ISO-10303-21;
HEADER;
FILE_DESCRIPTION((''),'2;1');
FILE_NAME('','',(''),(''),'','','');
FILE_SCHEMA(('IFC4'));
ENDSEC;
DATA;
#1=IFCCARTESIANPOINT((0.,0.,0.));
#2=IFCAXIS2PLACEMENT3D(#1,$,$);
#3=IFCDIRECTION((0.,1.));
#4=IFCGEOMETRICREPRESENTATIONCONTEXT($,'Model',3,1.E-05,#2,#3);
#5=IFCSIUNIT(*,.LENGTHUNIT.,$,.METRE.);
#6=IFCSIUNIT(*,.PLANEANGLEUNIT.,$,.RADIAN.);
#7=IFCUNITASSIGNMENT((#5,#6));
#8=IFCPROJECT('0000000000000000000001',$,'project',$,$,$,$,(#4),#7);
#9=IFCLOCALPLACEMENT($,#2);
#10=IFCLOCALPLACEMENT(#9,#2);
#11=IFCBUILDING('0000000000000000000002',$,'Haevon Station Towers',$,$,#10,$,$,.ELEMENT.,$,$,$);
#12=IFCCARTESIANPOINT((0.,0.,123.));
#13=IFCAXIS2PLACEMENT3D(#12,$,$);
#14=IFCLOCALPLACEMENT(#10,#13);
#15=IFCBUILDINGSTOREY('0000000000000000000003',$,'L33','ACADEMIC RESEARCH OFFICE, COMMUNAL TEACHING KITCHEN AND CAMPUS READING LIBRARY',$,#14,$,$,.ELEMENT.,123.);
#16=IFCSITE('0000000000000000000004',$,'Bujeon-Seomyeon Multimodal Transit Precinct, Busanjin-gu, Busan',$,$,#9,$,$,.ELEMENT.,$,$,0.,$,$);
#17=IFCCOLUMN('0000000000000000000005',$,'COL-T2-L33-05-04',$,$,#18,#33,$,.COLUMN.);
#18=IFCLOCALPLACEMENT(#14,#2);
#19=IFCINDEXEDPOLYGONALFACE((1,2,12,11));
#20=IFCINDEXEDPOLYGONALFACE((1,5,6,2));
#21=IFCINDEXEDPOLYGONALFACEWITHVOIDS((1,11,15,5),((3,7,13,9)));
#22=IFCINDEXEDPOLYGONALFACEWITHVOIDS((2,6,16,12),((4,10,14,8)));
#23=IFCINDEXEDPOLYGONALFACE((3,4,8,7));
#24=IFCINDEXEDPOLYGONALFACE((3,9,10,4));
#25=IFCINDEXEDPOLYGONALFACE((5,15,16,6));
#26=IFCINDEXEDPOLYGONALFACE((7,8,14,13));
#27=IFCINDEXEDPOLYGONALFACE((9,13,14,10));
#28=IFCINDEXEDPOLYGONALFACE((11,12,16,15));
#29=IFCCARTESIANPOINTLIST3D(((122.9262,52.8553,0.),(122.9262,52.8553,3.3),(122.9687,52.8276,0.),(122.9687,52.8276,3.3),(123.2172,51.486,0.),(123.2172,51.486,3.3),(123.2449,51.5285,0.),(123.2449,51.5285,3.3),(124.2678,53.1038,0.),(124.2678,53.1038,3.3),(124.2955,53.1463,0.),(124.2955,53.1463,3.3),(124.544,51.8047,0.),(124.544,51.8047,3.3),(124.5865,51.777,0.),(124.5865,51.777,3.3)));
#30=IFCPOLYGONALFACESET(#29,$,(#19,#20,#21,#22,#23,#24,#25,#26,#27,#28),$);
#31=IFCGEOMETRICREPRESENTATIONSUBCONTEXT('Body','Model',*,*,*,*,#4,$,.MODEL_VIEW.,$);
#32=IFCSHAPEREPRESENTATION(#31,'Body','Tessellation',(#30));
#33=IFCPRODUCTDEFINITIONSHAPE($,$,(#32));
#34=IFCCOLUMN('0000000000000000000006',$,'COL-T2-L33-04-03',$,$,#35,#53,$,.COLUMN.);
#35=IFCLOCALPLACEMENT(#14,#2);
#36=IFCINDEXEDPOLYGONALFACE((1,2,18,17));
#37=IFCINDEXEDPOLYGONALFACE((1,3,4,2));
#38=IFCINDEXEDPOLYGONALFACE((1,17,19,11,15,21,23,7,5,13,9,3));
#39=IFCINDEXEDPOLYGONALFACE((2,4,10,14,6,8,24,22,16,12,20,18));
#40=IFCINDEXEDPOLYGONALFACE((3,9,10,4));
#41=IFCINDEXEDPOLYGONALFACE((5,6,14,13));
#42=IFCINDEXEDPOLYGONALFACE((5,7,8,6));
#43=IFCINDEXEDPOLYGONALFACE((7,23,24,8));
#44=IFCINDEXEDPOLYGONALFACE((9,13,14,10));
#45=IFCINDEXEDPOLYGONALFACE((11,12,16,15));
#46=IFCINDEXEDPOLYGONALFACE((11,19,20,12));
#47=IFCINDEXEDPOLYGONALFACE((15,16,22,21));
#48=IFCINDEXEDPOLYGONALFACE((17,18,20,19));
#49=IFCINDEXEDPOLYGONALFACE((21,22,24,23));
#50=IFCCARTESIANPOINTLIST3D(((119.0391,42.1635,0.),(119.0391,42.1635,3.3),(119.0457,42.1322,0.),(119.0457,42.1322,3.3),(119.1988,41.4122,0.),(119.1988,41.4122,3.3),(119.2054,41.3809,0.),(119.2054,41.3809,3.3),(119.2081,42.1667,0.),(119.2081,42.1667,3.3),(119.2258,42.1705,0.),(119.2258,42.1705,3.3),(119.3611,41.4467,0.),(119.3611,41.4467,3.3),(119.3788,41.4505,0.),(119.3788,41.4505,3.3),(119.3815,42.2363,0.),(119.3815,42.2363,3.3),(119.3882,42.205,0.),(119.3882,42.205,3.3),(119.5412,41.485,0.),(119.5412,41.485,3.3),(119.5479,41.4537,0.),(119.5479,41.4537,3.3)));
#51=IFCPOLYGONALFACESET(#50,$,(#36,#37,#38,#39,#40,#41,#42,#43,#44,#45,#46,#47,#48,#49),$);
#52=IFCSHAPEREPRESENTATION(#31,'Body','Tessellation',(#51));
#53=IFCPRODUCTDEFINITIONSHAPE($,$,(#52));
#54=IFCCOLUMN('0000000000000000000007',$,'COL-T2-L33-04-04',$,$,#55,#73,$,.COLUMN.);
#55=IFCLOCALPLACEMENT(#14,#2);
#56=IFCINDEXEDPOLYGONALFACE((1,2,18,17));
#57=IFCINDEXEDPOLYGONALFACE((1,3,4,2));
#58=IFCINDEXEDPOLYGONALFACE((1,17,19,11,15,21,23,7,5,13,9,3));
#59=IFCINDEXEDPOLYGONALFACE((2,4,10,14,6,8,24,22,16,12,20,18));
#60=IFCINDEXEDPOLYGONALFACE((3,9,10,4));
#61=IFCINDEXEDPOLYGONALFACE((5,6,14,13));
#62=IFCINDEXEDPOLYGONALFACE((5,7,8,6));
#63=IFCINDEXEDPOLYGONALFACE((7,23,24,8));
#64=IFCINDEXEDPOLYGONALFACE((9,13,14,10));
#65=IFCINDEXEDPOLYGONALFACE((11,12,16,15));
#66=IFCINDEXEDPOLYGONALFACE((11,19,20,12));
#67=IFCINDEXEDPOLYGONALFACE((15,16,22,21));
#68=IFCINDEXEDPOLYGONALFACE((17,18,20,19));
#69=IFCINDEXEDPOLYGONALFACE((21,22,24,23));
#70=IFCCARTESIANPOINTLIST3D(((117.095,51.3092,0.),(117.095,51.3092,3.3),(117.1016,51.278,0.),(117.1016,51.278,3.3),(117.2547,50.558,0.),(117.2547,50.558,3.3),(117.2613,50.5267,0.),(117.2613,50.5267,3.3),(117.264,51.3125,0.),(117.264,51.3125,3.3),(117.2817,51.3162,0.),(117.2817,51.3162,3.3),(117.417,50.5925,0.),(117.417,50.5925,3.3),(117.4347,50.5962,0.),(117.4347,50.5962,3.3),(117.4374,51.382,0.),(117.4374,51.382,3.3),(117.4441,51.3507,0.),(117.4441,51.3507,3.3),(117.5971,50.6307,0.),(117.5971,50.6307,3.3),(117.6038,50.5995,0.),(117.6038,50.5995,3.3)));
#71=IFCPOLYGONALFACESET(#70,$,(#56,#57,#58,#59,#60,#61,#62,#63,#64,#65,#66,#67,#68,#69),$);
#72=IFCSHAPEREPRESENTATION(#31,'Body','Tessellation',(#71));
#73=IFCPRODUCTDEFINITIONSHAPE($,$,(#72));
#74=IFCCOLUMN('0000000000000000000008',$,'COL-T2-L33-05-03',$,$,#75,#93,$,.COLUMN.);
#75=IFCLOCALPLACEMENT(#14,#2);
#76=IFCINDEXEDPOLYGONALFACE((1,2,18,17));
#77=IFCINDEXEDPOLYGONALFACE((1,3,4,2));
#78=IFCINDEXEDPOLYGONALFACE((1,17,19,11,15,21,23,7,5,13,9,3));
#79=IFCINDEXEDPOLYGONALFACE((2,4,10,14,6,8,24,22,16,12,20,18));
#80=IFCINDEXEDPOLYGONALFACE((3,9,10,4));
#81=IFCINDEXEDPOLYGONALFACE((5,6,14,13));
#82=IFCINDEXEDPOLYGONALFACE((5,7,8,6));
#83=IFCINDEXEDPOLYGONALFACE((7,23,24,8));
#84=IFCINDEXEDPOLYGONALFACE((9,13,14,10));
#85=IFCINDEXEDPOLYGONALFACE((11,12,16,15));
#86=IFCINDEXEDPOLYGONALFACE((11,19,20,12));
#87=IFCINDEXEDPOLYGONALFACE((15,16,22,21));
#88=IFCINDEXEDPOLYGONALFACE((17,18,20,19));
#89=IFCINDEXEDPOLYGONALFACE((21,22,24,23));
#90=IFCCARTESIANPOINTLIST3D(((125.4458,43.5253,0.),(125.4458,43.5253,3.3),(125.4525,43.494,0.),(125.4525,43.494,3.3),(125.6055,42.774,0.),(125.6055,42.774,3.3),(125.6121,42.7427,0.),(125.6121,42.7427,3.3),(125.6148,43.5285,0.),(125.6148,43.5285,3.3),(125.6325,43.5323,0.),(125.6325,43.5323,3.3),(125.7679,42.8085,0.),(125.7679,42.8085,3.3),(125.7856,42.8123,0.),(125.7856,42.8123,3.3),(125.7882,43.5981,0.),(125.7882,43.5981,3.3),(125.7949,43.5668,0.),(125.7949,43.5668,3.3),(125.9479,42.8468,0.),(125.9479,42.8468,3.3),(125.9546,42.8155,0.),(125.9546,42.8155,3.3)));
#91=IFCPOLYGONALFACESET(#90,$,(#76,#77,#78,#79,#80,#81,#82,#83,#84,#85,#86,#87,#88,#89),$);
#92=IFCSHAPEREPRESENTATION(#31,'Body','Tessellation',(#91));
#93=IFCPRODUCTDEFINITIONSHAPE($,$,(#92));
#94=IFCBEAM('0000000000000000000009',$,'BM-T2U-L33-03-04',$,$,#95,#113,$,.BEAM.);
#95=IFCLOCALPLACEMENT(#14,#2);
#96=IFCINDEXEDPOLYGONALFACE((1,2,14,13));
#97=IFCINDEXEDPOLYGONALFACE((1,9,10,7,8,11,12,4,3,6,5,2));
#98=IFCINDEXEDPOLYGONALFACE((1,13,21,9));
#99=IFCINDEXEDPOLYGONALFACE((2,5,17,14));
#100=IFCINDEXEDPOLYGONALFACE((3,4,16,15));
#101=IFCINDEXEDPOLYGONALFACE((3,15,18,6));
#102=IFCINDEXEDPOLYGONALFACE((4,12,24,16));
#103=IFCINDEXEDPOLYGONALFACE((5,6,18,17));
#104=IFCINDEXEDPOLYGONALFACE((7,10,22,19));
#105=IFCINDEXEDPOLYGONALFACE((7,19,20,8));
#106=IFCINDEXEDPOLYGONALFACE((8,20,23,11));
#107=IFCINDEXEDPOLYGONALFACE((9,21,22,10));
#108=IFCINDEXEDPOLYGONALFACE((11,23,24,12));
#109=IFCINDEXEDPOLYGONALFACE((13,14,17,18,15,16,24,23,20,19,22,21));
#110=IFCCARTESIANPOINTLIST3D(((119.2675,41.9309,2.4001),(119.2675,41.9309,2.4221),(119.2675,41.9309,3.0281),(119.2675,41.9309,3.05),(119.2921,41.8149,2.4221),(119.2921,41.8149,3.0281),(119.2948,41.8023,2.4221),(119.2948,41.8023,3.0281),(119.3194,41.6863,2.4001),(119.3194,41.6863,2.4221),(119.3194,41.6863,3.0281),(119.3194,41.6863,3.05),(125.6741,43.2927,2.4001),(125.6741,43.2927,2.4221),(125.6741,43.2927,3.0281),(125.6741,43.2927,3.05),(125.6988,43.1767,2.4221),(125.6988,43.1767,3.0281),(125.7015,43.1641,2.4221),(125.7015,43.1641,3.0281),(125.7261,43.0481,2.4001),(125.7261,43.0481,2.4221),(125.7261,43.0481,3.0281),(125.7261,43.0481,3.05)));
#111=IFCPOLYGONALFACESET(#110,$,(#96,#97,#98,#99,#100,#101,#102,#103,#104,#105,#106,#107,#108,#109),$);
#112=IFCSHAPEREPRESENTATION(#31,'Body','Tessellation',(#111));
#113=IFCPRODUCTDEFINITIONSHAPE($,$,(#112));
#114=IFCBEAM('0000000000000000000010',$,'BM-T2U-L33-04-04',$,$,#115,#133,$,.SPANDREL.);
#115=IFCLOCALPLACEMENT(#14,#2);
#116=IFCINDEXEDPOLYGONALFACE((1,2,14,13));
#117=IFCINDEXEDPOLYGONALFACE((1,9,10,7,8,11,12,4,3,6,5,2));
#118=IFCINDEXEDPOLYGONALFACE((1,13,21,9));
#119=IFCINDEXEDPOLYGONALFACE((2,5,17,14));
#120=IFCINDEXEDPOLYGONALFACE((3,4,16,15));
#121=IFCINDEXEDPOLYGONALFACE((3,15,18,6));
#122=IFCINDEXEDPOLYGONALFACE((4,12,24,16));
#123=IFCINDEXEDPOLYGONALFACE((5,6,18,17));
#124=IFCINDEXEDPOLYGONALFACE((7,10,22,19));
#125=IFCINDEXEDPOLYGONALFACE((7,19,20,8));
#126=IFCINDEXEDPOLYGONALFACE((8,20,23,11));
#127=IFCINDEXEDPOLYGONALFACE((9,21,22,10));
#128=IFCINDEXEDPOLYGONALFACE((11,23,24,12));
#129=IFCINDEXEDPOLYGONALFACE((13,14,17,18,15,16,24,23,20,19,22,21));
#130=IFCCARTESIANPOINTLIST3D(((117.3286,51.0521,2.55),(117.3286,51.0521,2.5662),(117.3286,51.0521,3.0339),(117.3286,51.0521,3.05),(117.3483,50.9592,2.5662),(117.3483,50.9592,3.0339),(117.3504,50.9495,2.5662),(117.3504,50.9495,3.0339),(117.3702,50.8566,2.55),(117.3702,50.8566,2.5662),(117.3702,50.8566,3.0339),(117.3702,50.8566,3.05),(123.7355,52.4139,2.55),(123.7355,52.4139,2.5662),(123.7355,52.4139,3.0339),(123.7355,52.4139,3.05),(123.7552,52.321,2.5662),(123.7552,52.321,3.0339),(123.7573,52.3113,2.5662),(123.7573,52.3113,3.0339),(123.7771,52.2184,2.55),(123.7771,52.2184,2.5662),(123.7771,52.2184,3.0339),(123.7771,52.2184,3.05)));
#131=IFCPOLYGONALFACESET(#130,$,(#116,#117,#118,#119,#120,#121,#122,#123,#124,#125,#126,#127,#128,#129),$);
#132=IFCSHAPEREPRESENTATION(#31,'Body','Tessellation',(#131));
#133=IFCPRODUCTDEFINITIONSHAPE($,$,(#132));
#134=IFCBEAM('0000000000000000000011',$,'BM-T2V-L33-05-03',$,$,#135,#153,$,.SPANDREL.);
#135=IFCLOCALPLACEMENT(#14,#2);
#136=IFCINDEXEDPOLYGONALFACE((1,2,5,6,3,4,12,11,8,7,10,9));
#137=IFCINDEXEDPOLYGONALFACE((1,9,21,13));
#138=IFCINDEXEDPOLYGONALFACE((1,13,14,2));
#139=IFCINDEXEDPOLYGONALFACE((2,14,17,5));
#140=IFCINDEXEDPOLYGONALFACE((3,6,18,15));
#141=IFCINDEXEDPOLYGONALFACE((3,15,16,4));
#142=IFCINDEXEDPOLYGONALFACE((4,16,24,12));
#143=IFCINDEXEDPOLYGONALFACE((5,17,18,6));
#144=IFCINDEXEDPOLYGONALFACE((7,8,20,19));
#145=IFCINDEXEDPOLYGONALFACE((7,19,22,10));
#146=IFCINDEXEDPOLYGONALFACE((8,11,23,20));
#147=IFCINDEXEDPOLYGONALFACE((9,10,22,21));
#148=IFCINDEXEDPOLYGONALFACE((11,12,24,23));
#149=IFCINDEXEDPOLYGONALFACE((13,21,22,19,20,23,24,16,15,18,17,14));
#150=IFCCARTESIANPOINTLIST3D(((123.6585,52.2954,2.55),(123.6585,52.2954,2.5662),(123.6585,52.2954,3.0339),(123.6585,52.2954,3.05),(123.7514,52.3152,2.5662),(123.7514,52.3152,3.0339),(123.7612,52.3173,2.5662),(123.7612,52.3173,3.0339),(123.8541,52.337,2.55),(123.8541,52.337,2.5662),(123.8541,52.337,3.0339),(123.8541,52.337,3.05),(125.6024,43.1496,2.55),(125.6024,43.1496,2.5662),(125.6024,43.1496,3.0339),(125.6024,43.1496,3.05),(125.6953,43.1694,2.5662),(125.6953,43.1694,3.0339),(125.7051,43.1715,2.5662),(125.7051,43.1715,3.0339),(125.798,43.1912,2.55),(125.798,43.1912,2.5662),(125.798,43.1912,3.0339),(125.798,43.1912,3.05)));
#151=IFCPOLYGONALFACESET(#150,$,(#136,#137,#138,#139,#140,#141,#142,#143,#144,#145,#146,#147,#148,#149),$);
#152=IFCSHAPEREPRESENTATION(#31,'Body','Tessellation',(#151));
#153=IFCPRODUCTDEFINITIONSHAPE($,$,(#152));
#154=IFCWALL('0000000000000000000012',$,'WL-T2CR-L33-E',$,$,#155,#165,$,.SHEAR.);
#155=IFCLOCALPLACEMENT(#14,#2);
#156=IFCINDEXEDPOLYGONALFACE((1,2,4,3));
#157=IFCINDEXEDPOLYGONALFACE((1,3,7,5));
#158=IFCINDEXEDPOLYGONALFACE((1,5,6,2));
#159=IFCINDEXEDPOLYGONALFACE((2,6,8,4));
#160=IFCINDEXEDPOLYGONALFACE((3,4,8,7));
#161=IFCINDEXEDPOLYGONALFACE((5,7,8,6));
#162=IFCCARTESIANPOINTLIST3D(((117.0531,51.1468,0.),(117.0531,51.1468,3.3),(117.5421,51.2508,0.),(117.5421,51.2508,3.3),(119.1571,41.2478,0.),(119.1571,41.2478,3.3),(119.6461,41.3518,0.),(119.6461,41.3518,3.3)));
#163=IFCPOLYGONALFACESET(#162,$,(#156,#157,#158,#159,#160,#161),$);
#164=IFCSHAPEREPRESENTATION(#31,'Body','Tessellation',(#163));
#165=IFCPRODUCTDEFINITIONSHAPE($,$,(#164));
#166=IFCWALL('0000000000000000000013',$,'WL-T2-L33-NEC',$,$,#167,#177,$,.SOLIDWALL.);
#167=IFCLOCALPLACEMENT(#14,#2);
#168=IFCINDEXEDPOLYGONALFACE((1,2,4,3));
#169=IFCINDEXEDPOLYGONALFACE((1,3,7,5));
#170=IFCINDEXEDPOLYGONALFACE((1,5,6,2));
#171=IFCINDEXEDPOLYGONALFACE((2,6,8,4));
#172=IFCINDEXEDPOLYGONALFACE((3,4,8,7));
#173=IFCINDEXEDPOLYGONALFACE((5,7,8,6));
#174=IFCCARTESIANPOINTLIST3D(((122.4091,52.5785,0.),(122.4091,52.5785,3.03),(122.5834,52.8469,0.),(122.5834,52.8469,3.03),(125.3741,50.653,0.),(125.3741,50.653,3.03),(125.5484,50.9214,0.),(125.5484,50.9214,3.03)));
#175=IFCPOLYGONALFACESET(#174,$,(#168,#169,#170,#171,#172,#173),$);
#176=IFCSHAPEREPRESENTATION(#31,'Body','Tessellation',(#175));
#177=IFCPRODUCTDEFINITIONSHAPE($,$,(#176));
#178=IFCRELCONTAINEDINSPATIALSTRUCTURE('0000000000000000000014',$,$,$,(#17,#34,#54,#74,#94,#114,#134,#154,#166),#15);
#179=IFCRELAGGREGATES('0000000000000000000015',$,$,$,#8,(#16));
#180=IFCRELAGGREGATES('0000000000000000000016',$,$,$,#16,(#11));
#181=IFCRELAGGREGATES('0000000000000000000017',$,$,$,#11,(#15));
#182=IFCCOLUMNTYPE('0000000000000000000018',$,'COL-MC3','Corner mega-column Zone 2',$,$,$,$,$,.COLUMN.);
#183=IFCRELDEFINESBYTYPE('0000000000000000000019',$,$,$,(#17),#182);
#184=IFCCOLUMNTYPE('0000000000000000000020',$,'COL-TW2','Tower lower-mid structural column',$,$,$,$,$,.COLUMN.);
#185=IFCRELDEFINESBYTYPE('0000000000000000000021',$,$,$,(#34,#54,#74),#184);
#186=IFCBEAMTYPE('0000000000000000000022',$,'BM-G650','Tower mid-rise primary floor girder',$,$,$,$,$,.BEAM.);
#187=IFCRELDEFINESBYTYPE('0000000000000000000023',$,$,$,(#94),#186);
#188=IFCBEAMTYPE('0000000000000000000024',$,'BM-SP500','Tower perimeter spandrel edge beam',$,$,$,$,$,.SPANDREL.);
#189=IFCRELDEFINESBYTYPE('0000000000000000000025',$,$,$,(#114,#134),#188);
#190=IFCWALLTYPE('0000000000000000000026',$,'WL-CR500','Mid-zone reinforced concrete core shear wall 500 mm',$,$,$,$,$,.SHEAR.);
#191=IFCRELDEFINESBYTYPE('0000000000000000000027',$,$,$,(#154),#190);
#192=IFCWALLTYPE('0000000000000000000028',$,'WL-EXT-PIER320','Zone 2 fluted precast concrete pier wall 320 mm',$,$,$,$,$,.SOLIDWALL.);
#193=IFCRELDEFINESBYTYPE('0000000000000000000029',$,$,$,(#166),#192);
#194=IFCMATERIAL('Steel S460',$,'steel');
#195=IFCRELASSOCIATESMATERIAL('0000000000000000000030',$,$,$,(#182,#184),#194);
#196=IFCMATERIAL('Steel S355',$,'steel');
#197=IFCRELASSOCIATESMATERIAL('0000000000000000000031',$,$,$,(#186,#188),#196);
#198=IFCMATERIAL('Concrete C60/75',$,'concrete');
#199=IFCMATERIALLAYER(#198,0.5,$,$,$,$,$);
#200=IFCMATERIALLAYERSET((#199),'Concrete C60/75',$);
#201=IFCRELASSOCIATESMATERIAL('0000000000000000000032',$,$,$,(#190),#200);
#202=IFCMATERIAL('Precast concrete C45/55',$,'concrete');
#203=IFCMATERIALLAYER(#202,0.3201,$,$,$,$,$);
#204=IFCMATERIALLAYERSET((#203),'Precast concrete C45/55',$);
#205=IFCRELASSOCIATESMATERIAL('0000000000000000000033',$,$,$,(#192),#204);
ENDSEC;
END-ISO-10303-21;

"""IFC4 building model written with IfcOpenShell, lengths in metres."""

from ifc_helpers import new_model, si_unit, direction, frame, frame_2d, origin, origin_2d, place, context, subcontext, project, spatial, rectangle, hollow_rectangle, i_section, extrude, material, layer, layer_set, material_profile, profile_set, type_object, element, save


model = new_model("IFC4")

# Units and contexts
model_context = context("Model", 3, precision=1e-05, world=origin(), true_north=direction((0.0, 1.0)))
body_context = subcontext(model_context, "Body", "Model", "MODEL_VIEW")
ifc_project = project(units=[si_unit("LENGTHUNIT", "METRE"), si_unit("PLANEANGLEUNIT", "RADIAN")], contexts=[model_context])

# Site, building, storey
site_placement = place(None, origin())
site = spatial("IfcSite", under=ifc_project, at=site_placement, Name="Bujeon-Seomyeon Multimodal Transit Precinct, Busanjin-gu, Busan", CompositionType="ELEMENT", RefElevation=0.0)
building_placement = place(site_placement, origin())
building = spatial("IfcBuilding", under=site, at=building_placement, Name="Haevon Station Towers", CompositionType="ELEMENT")
storey_placement = place(building_placement, frame((0.0, 0.0, 123.0)))
storey = spatial("IfcBuildingStorey", under=building, at=storey_placement, Name="L33", Description="ACADEMIC RESEARCH OFFICE, COMMUNAL TEACHING KITCHEN AND CAMPUS READING LIBRARY", CompositionType="ELEMENT", Elevation=123.0)

# Columns
ifc_material_1 = material(Name="Steel S460", Category="steel")
ifc_material_profile_1 = material_profile(ifc_material_1, hollow_rectangle(XDim=1.3999, YDim=1.3999, WallThickness=0.0359, at=origin_2d()), Name="BOX-1400x1400x36")
ifc_profile_set_1 = profile_set([ifc_material_profile_1], Name="Steel S460")
column_type_1 = type_object("IfcColumnType", Name="COL-MC3", Description="Corner mega-column Zone 2", PredefinedType="COLUMN", material=ifc_profile_set_1)
column_placement = place(storey_placement, frame((123.7563, 52.3162, 0.0), z_axis=(0.0, 0.0, 1.0), x_axis=(0.978148, 0.207912, 0.0)))
element("IfcColumn", 1, at=column_placement, inside=storey, type_object=column_type_1, Name="COL-T2-L33-05-04", PredefinedType="COLUMN", context=body_context, shape_type="SweptSolid", body=[
    extrude(hollow_rectangle(XDim=1.3999, YDim=1.3999, WallThickness=0.0359, at=origin_2d()), origin(), (0.0, 0.0, 1.0), 3.3),
])
ifc_material_profile_2 = material_profile(ifc_material_1, i_section(OverallWidth=0.3501, OverallDepth=0.8, WebThickness=0.0181, FlangeThickness=0.032, at=origin_2d()), Name="H-800x350x18x32")
ifc_profile_set_2 = profile_set([ifc_material_profile_2], Name="Steel S460")
column_type_2 = type_object("IfcColumnType", Name="COL-TW2", Description="Tower lower-mid structural column", PredefinedType="COLUMN", material=ifc_profile_set_2)
for number, where, z_axis, x_axis, name in (
    (2, (119.2935, 41.8086, 0.0), (0.0, 0.0, 1.0), (0.978148, 0.207912, 0.0), "COL-T2-L33-04-03"),
    (3, (117.3494, 50.9543, 0.0), (0.0, 0.0, 1.0), (0.978148, 0.207912, 0.0), "COL-T2-L33-04-04"),
    (4, (125.7002, 43.1704, 0.0), (0.0, 0.0, 1.0), (0.978148, 0.207912, 0.0), "COL-T2-L33-05-03"),
):
    element("IfcColumn", number, at=place(storey_placement, frame(where, z_axis=z_axis, x_axis=x_axis)), inside=storey, type_object=column_type_2, Name=name, PredefinedType="COLUMN", context=body_context, shape_type="SweptSolid", body=[
        extrude(i_section(OverallWidth=0.3501, OverallDepth=0.8, WebThickness=0.0181, FlangeThickness=0.032, at=origin_2d()), origin(), (0.0, 0.0, 1.0), 3.3),
    ])

# Beams
ifc_material_2 = material(Name="Steel S355", Category="steel")
ifc_material_profile_3 = material_profile(ifc_material_2, i_section(OverallWidth=0.25, OverallDepth=0.6499, WebThickness=0.0129, FlangeThickness=0.022, at=origin_2d()), Name="H-650x250x13x22")
ifc_profile_set_3 = profile_set([ifc_material_profile_3], Name="Steel S355")
beam_type_1 = type_object("IfcBeamType", Name="BM-G650", Description="Tower mid-rise primary floor girder", PredefinedType="BEAM", material=ifc_profile_set_3)
beam_1_placement = place(storey_placement, frame((119.2935, 41.8086, 2.7251), z_axis=(0.978147, 0.207915, 0.0), x_axis=(-0.207915, 0.978147, 0.0)))
element("IfcBeam", 5, at=beam_1_placement, inside=storey, type_object=beam_type_1, Name="BM-T2U-L33-03-04", PredefinedType="BEAM", context=body_context, shape_type="SweptSolid", body=[
    extrude(i_section(OverallWidth=0.25, OverallDepth=0.6499, WebThickness=0.0129, FlangeThickness=0.022, at=origin_2d()), origin(), (0.0, 0.0, 1.0), 6.5498),
])
ifc_material_profile_4 = material_profile(ifc_material_2, i_section(OverallWidth=0.2, OverallDepth=0.5, WebThickness=0.01, FlangeThickness=0.0161, at=origin_2d()), Name="H-500x200x10x16")
ifc_profile_set_4 = profile_set([ifc_material_profile_4], Name="Steel S355")
beam_type_2 = type_object("IfcBeamType", Name="BM-SP500", Description="Tower perimeter spandrel edge beam", PredefinedType="SPANDREL", material=ifc_profile_set_4)
beam_2_placement = place(storey_placement, frame((117.3494, 50.9543, 2.8), z_axis=(0.978149, 0.207907, 0.0), x_axis=(-0.207907, 0.978149, 0.0)))
element("IfcBeam", 6, at=beam_2_placement, inside=storey, type_object=beam_type_2, Name="BM-T2U-L33-04-04", PredefinedType="SPANDREL", context=body_context, shape_type="SweptSolid", body=[
    extrude(i_section(OverallWidth=0.2, OverallDepth=0.5, WebThickness=0.01, FlangeThickness=0.0161, at=origin_2d()), origin(), (0.0, 0.0, 1.0), 6.55),
])
beam_3_placement = place(storey_placement, frame((125.7002, 43.1704, 2.8), z_axis=(-0.207897, 0.978151, 0.0), x_axis=(-0.978151, -0.207897, 0.0)))
element("IfcBeam", 7, at=beam_3_placement, inside=storey, type_object=beam_type_2, Name="BM-T2V-L33-05-03", PredefinedType="SPANDREL", context=body_context, shape_type="SweptSolid", body=[
    extrude(i_section(OverallWidth=0.2, OverallDepth=0.5, WebThickness=0.01, FlangeThickness=0.0161, at=origin_2d()), origin(), (0.0, 0.0, 1.0), 9.3501),
])

# Walls
ifc_material_3 = material(Name="Concrete C60/75", Category="concrete")
ifc_layer_1 = layer(ifc_material_3, 0.5)
ifc_layer_set_1 = layer_set([ifc_layer_1], Name="Concrete C60/75")
wall_type_1 = type_object("IfcWallType", Name="WL-CR500", Description="Mid-zone reinforced concrete core shear wall 500 mm", PredefinedType="SHEAR", material=ifc_layer_set_1)
wall_1_placement = place(storey_placement, frame((119.4016, 41.2998, 0.0), z_axis=(0.0, 0.0, 1.0), x_axis=(-0.207904, 0.978149, 0.0)))
element("IfcWall", 8, at=wall_1_placement, inside=storey, type_object=wall_type_1, Name="WL-T2CR-L33-E", PredefinedType="SHEAR", context=body_context, shape_type="SweptSolid", body=[
    extrude(rectangle(XDim=10.1201, YDim=0.5, at=frame_2d((5.0601, 0.0))), origin(), (0.0, 0.0, 1.0), 3.3),
])
ifc_material_4 = material(Name="Precast concrete C45/55", Category="concrete")
ifc_layer_2 = layer(ifc_material_4, 0.3201)
ifc_layer_set_2 = layer_set([ifc_layer_2], Name="Precast concrete C45/55")
wall_type_2 = type_object("IfcWallType", Name="WL-EXT-PIER320", Description="Zone 2 fluted precast concrete pier wall 320 mm", PredefinedType="SOLIDWALL", material=ifc_layer_set_2)
wall_2_placement = place(storey_placement, frame((122.4963, 52.7126, 0.0), z_axis=(0.0, 0.0, 1.0), x_axis=(0.838672, -0.544636, 0.0)))
element("IfcWall", 9, at=wall_2_placement, inside=storey, type_object=wall_type_2, Name="WL-T2-L33-NEC", PredefinedType="SOLIDWALL", context=body_context, shape_type="SweptSolid", body=[
    extrude(rectangle(XDim=3.5354, YDim=0.3201, at=frame_2d((1.7676, 0.0))), origin(), (0.0, 0.0, 1.0), 3.03),
])

save(model, "model.ifc")
